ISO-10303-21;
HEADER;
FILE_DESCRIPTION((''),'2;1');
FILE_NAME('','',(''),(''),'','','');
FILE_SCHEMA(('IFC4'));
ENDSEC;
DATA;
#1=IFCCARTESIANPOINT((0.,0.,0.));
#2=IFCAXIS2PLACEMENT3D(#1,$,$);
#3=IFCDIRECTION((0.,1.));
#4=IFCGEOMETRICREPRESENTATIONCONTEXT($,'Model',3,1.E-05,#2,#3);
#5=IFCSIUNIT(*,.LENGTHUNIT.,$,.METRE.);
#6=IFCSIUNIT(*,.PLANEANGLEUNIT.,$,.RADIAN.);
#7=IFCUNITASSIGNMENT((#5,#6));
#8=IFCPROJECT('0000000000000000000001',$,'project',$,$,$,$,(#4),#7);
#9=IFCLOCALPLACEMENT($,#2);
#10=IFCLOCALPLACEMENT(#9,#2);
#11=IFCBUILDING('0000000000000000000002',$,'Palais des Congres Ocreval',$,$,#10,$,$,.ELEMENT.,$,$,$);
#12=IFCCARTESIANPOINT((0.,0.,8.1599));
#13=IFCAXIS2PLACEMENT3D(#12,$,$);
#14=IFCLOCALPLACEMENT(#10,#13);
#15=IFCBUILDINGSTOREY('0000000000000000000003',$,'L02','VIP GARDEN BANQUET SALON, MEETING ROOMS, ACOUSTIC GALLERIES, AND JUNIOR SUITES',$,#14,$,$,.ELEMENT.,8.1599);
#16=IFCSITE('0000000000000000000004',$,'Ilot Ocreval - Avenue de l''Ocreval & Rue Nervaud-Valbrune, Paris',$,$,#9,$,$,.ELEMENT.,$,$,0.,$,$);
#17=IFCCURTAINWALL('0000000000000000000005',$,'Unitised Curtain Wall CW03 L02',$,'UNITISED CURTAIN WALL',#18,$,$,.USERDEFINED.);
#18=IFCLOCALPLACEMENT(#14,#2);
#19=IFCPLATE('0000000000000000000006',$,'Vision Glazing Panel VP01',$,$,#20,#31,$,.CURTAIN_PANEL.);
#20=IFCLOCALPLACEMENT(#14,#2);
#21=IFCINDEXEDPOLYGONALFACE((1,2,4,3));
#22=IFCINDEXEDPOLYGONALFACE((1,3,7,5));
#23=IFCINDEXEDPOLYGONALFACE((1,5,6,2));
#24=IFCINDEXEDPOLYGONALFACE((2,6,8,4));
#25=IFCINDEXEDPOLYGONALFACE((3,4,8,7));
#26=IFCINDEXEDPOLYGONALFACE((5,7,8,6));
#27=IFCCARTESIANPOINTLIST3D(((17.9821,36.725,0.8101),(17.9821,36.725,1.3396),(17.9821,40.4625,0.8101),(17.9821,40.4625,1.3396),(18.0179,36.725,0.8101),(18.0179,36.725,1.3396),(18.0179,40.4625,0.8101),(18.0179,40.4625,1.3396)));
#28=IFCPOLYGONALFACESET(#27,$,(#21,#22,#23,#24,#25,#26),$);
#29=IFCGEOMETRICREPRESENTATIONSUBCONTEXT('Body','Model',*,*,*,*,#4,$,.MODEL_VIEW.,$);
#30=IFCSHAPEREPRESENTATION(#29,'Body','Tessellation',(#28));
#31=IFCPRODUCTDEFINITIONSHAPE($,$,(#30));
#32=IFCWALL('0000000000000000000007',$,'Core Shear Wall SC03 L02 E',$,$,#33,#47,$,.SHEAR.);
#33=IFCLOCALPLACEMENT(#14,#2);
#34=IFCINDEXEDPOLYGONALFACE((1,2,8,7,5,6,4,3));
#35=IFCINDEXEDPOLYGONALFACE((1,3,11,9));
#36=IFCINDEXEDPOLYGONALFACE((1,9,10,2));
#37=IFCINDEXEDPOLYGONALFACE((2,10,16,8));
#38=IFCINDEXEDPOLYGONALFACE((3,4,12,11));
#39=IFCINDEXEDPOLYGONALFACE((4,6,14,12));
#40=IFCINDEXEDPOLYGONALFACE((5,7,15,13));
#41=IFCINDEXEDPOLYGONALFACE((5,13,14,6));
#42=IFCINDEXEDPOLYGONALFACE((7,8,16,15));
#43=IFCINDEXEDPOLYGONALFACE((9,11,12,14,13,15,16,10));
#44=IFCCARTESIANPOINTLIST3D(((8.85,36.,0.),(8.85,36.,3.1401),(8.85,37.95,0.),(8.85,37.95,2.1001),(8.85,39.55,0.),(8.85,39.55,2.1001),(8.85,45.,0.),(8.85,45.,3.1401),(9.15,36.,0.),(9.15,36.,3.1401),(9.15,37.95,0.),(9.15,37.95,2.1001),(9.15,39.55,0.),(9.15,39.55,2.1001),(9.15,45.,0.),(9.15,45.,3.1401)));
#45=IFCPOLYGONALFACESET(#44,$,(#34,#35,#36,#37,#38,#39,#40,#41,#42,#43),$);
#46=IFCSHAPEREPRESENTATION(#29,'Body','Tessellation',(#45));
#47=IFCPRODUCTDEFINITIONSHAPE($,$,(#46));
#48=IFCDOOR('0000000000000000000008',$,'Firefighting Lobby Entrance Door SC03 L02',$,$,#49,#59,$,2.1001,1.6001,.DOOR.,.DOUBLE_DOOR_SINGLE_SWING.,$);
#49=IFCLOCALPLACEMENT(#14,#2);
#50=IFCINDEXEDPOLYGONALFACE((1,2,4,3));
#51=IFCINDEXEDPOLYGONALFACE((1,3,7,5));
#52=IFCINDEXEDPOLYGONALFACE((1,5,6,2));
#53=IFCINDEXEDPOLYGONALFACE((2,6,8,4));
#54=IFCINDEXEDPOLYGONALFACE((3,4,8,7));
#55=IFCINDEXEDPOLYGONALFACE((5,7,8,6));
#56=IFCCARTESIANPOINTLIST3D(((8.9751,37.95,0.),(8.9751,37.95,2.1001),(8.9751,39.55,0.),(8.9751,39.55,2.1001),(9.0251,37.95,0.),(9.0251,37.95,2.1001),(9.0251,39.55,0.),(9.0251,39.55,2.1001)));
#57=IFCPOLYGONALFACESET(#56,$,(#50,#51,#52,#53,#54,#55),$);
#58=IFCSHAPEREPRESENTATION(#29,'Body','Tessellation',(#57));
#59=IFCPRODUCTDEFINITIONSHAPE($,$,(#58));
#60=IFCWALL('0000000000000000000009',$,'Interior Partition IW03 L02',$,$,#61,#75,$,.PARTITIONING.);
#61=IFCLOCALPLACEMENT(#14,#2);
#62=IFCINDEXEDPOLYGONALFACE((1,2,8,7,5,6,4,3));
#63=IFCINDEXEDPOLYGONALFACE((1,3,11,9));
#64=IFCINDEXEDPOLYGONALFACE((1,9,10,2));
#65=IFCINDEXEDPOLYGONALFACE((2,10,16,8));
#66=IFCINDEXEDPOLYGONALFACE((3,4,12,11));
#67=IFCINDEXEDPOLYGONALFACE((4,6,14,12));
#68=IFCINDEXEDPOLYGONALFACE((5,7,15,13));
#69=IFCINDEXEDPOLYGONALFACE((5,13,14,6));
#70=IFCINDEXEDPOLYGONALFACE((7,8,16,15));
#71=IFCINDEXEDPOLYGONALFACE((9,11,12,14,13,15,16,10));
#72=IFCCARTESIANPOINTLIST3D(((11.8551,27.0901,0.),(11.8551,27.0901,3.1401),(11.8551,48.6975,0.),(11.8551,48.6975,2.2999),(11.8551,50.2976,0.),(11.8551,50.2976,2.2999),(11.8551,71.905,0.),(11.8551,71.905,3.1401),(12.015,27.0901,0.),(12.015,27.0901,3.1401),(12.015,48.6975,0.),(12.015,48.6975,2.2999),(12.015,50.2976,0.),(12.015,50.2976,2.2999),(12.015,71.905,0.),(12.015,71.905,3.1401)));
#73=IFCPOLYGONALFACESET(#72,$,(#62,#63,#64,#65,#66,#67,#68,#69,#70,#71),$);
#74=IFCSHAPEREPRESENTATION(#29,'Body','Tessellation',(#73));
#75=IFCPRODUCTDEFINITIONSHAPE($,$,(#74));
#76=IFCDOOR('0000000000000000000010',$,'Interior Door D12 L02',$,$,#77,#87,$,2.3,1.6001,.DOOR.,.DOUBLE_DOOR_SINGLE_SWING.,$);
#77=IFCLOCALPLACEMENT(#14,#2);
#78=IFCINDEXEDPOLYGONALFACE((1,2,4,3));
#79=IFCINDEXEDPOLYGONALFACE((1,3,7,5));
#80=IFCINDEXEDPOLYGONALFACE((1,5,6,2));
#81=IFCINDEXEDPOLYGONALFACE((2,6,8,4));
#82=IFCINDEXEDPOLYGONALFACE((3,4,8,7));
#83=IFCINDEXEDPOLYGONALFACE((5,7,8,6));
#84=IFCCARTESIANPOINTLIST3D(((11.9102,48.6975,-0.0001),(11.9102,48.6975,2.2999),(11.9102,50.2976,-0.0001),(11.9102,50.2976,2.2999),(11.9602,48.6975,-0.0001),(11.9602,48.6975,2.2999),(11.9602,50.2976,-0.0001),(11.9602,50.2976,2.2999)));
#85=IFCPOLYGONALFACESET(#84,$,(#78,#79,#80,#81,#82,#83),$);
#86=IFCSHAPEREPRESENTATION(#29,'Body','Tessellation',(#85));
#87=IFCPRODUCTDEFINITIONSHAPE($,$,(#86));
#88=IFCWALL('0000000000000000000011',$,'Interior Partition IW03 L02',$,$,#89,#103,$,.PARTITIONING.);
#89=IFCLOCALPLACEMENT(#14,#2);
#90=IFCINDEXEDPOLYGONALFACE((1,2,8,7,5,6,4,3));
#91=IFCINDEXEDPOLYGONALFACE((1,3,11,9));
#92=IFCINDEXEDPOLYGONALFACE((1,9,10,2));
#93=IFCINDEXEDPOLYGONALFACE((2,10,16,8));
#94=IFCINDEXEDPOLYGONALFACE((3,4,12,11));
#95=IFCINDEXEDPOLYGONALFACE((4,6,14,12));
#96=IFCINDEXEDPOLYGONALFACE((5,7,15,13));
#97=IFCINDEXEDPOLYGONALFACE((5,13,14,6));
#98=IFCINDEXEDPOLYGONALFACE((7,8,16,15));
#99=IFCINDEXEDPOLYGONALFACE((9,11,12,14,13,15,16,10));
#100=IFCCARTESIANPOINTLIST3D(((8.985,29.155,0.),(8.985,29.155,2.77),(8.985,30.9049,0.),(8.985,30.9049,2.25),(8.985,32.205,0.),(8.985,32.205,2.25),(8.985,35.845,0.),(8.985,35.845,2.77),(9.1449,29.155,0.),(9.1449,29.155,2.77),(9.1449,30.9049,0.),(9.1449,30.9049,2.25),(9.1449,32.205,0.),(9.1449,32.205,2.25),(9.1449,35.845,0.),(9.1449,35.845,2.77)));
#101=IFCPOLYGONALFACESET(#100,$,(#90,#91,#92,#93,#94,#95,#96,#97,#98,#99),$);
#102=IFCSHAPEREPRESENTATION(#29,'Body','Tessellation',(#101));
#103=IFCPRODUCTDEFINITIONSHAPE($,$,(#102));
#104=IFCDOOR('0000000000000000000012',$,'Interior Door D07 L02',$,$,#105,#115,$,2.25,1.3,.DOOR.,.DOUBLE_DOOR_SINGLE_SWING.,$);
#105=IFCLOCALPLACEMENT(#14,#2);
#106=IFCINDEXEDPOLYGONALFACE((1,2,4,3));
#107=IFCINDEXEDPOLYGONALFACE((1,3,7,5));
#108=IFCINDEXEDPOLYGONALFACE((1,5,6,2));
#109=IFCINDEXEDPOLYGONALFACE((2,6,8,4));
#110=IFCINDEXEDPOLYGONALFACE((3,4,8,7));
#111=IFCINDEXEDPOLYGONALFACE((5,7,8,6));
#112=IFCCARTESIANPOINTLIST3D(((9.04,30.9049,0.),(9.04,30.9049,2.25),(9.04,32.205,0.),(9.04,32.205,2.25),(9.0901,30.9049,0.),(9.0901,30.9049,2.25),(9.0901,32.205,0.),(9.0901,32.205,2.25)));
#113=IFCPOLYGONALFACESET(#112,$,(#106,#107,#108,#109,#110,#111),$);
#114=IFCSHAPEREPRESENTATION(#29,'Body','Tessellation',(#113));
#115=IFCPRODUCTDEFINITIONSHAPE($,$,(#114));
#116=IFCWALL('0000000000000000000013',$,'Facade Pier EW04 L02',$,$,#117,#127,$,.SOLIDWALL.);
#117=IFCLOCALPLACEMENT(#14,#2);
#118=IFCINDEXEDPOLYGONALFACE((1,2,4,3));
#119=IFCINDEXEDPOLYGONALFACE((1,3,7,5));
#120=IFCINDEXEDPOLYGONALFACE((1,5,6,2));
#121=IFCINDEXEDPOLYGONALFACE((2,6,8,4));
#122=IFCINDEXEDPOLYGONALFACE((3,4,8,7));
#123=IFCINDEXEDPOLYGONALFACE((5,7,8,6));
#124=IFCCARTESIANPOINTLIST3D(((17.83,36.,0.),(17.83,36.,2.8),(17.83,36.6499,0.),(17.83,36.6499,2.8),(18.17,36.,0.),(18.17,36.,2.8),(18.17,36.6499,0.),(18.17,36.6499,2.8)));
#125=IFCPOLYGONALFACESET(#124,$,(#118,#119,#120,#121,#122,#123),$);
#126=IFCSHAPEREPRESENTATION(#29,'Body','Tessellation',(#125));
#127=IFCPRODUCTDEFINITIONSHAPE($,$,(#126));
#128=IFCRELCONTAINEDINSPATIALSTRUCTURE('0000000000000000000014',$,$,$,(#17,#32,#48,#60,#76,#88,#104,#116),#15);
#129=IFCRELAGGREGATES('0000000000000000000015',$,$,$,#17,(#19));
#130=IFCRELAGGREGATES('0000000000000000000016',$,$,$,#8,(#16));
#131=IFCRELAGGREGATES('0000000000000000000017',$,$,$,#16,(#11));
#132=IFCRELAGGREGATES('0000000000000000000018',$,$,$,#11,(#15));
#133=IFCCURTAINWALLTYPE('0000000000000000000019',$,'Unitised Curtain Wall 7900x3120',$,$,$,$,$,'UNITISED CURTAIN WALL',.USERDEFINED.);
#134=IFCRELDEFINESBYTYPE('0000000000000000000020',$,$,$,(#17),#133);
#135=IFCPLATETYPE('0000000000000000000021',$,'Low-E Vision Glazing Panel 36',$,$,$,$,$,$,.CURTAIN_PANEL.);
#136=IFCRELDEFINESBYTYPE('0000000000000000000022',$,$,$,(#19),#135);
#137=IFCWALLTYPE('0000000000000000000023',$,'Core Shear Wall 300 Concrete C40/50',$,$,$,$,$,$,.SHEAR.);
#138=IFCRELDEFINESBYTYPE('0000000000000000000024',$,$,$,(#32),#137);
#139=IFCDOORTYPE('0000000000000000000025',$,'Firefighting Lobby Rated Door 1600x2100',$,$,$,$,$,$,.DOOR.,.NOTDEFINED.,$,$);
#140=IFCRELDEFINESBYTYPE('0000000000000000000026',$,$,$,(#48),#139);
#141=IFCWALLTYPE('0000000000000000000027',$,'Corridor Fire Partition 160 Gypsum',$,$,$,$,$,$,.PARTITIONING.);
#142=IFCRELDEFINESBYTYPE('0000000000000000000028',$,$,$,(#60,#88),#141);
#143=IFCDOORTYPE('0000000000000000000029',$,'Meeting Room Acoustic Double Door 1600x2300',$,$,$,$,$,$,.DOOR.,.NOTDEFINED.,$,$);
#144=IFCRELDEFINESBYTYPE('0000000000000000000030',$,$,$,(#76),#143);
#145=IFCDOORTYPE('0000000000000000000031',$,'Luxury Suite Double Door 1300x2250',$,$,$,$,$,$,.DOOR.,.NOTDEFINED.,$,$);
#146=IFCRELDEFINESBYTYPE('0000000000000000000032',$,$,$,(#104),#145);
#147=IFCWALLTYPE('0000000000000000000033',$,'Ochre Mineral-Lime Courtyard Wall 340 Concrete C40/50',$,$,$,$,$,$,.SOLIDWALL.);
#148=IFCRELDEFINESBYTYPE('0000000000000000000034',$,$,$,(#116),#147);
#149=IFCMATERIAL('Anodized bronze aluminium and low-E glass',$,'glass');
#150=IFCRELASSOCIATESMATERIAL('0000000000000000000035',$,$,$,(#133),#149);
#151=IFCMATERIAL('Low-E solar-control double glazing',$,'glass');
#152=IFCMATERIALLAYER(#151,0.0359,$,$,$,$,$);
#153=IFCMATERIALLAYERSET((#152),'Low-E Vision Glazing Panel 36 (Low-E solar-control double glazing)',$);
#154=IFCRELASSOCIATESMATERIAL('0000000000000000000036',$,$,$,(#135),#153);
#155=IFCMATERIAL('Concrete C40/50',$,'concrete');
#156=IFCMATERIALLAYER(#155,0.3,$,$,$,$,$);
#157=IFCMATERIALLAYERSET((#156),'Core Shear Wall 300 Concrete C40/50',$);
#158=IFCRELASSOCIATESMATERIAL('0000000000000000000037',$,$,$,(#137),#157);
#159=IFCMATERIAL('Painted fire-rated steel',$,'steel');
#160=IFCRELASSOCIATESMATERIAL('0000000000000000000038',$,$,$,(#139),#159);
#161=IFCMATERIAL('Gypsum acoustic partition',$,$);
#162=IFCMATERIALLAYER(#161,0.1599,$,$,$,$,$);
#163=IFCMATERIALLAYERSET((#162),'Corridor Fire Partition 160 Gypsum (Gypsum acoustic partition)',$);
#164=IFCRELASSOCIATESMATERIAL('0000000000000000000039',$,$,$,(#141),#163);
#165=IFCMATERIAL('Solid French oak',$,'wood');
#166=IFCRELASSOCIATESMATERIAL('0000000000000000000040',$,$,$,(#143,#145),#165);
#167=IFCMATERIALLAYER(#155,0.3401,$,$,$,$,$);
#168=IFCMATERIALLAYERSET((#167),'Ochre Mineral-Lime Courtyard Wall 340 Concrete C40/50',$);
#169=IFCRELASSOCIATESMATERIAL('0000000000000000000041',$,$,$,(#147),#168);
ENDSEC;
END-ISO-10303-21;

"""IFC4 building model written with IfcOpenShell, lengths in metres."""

from ifc_helpers import new_model, si_unit, direction, frame, frame_2d, origin, origin_2d, place, context, subcontext, project, spatial, rectangle, extrude, material, layer, layer_set, type_object, element, fill, aggregate, save


model = new_model("IFC4")

# Units and contexts
model_context = context("Model", 3, precision=1e-05, world=origin(), true_north=direction((0.0, 1.0)))
body_context = subcontext(model_context, "Body", "Model", "MODEL_VIEW")
ifc_project = project(units=[si_unit("LENGTHUNIT", "METRE"), si_unit("PLANEANGLEUNIT", "RADIAN")], contexts=[model_context])

# Site, building, storey
site_placement = place(None, origin())
site = spatial("IfcSite", under=ifc_project, at=site_placement, Name="Ilot Ocreval - Avenue de l'Ocreval & Rue Nervaud-Valbrune, Paris", CompositionType="ELEMENT", RefElevation=0.0)
building_placement = place(site_placement, origin())
building = spatial("IfcBuilding", under=site, at=building_placement, Name="Palais des Congres Ocreval", CompositionType="ELEMENT")
storey_placement = place(building_placement, frame((0.0, 0.0, 8.1599)))
storey = spatial("IfcBuildingStorey", under=building, at=storey_placement, Name="L02", Description="VIP GARDEN BANQUET SALON, MEETING ROOMS, ACOUSTIC GALLERIES, AND JUNIOR SUITES", CompositionType="ELEMENT", Elevation=8.1599)

# Shared definitions
ifc_material_1 = material(Name="Concrete C40/50", Category="concrete")

# Curtain wall
ifc_material_2 = material(Name="Anodized bronze aluminium and low-E glass", Category="glass")
curtain_wall_type = type_object("IfcCurtainWallType", Name="Unitised Curtain Wall 7900x3120", ElementType="UNITISED CURTAIN WALL", PredefinedType="USERDEFINED", material=ifc_material_2)
curtain_wall_placement = place(storey_placement, origin())
curtain_wall = element("IfcCurtainWall", 1, at=curtain_wall_placement, inside=storey, type_object=curtain_wall_type, Name="Unitised Curtain Wall CW03 L02", ObjectType="UNITISED CURTAIN WALL", PredefinedType="USERDEFINED")

# Plate
ifc_material_3 = material(Name="Low-E solar-control double glazing", Category="glass")
ifc_layer_1 = layer(ifc_material_3, 0.0359)
ifc_layer_set_1 = layer_set([ifc_layer_1], Name="Low-E Vision Glazing Panel 36 (Low-E solar-control double glazing)")
plate_type = type_object("IfcPlateType", Name="Low-E Vision Glazing Panel 36", PredefinedType="CURTAIN_PANEL", material=ifc_layer_set_1)
plate_1_placement = place(storey_placement, frame((18.0, 38.5938, 0.8101), z_axis=(0.0, 0.0, 1.0), x_axis=(0.0, -1.0, 0.0)))
plate_1 = element("IfcPlate", 2, at=plate_1_placement, type_object=plate_type, Name="Vision Glazing Panel VP01", PredefinedType="CURTAIN_PANEL", context=body_context, shape_type="SweptSolid", body=[
    extrude(rectangle(XDim=3.7375, YDim=0.0359, at=origin_2d()), origin(), (0.0, 0.0, 1.0), 0.5295),
])
aggregate(curtain_wall, [plate_1])

# Walls, openings, doors
ifc_layer_2 = layer(ifc_material_1, 0.3)
ifc_layer_set_2 = layer_set([ifc_layer_2], Name="Core Shear Wall 300 Concrete C40/50")
wall_type_1 = type_object("IfcWallType", Name="Core Shear Wall 300 Concrete C40/50", PredefinedType="SHEAR", material=ifc_layer_set_2)
wall_1_placement = place(storey_placement, frame((9.0, 36.0, 0.0), z_axis=(0.0, 0.0, 1.0), x_axis=(0.0, 1.0, 0.0)))
wall_1 = element("IfcWall", 3, at=wall_1_placement, inside=storey, type_object=wall_type_1, Name="Core Shear Wall SC03 L02 E", PredefinedType="SHEAR", context=body_context, shape_type="SweptSolid", body=[
    extrude(rectangle(XDim=9.0, YDim=0.3, at=frame_2d((4.5, 0.0))), origin(), (0.0, 0.0, 1.0), 3.1401),
])
opening_1_placement = place(wall_1_placement, frame((1.95, 0.0, 0.0)))
opening_1 = element("IfcOpeningElement", 4, at=opening_1_placement, cuts=wall_1, PredefinedType="OPENING", context=body_context, shape_type="SweptSolid", body=[
    extrude(rectangle(XDim=1.6001, YDim=2.1001, at=frame_2d((0.8, 1.05))), frame((0.0, 0.1599, 0.0), z_axis=(0.0, -1.0, 0.0), x_axis=(1.0, 0.0, 0.0)), (0.0, 0.0, 1.0), 0.3201),
])
ifc_material_4 = material(Name="Painted fire-rated steel", Category="steel")
door_type_1 = type_object("IfcDoorType", Name="Firefighting Lobby Rated Door 1600x2100", OperationType="NOTDEFINED", PredefinedType="DOOR", material=ifc_material_4)
door_1_placement = place(opening_1_placement, origin())
door_1 = element("IfcDoor", 5, at=door_1_placement, inside=storey, type_object=door_type_1, Name="Firefighting Lobby Entrance Door SC03 L02", OperationType="DOUBLE_DOOR_SINGLE_SWING", OverallHeight=2.1001, OverallWidth=1.6001, PredefinedType="DOOR", context=body_context, shape_type="SweptSolid", body=[
    extrude(rectangle(XDim=1.6001, YDim=2.1001, at=frame_2d((0.8, 1.05))), frame((0.0, 0.0249, 0.0), z_axis=(0.0, -1.0, 0.0), x_axis=(1.0, 0.0, 0.0)), (0.0, 0.0, 1.0), 0.05),
])
fill(opening_1, door_1)
ifc_material_5 = material(Name="Gypsum acoustic partition")
ifc_layer_3 = layer(ifc_material_5, 0.1599)
ifc_layer_set_3 = layer_set([ifc_layer_3], Name="Corridor Fire Partition 160 Gypsum (Gypsum acoustic partition)")
wall_type_2 = type_object("IfcWallType", Name="Corridor Fire Partition 160 Gypsum", PredefinedType="PARTITIONING", material=ifc_layer_set_3)
wall_2_placement = place(storey_placement, frame((11.9351, 27.0901, 0.0), z_axis=(0.0, 0.0, 1.0), x_axis=(0.0, 1.0, 0.0)))
wall_2 = element("IfcWall", 6, at=wall_2_placement, inside=storey, type_object=wall_type_2, Name="Interior Partition IW03 L02", PredefinedType="PARTITIONING", context=body_context, shape_type="SweptSolid", body=[
    extrude(rectangle(XDim=44.8149, YDim=0.1599, at=frame_2d((22.4075, 0.0))), origin(), (0.0, 0.0, 1.0), 3.1401),
])
opening_2_placement = place(wall_2_placement, frame((21.6074, 0.0, 0.0)))
opening_2 = element("IfcOpeningElement", 7, at=opening_2_placement, cuts=wall_2, PredefinedType="OPENING", context=body_context, shape_type="SweptSolid", body=[
    extrude(rectangle(XDim=1.6001, YDim=2.3, at=frame_2d((0.8, 1.1499))), frame((0.0, 0.0898, 0.0), z_axis=(0.0, -1.0, 0.0), x_axis=(1.0, 0.0, 0.0)), (0.0, 0.0, 1.0), 0.1799),
])
ifc_material_6 = material(Name="Solid French oak", Category="wood")
door_type_2 = type_object("IfcDoorType", Name="Meeting Room Acoustic Double Door 1600x2300", OperationType="NOTDEFINED", PredefinedType="DOOR", material=ifc_material_6)
door_2_placement = place(opening_2_placement, origin())
door_2 = element("IfcDoor", 8, at=door_2_placement, inside=storey, type_object=door_type_2, Name="Interior Door D12 L02", OperationType="DOUBLE_DOOR_SINGLE_SWING", OverallHeight=2.3, OverallWidth=1.6001, PredefinedType="DOOR", context=body_context, shape_type="SweptSolid", body=[
    extrude(rectangle(XDim=1.6001, YDim=2.3, at=frame_2d((0.8, 1.1499))), frame((0.0, 0.0249, 0.0), z_axis=(0.0, -1.0, 0.0), x_axis=(1.0, 0.0, 0.0)), (0.0, 0.0, 1.0), 0.05),
])
fill(opening_2, door_2)
wall_3_placement = place(storey_placement, frame((9.0649, 29.155, 0.0), z_axis=(0.0, 0.0, 1.0), x_axis=(0.0, 1.0, 0.0)))
wall_3 = element("IfcWall", 9, at=wall_3_placement, inside=storey, type_object=wall_type_2, Name="Interior Partition IW03 L02", PredefinedType="PARTITIONING", context=body_context, shape_type="SweptSolid", body=[
    extrude(rectangle(XDim=6.6899, YDim=0.1599, at=frame_2d((3.345, 0.0))), origin(), (0.0, 0.0, 1.0), 2.77),
])
opening_3_placement = place(wall_3_placement, frame((1.75, 0.0, 0.0)))
opening_3 = element("IfcOpeningElement", 10, at=opening_3_placement, cuts=wall_3, PredefinedType="OPENING", context=body_context, shape_type="SweptSolid", body=[
    extrude(rectangle(XDim=1.3, YDim=2.25, at=frame_2d((0.6499, 1.125))), frame((0.0, 0.0898, 0.0), z_axis=(0.0, -1.0, 0.0), x_axis=(1.0, 0.0, 0.0)), (0.0, 0.0, 1.0), 0.1799),
])
door_type_3 = type_object("IfcDoorType", Name="Luxury Suite Double Door 1300x2250", OperationType="NOTDEFINED", PredefinedType="DOOR", material=ifc_material_6)
door_3_placement = place(opening_3_placement, origin())
door_3 = element("IfcDoor", 11, at=door_3_placement, inside=storey, type_object=door_type_3, Name="Interior Door D07 L02", OperationType="DOUBLE_DOOR_SINGLE_SWING", OverallHeight=2.25, OverallWidth=1.3, PredefinedType="DOOR", context=body_context, shape_type="SweptSolid", body=[
    extrude(rectangle(XDim=1.3, YDim=2.25, at=frame_2d((0.6499, 1.125))), frame((0.0, 0.0249, 0.0), z_axis=(0.0, -1.0, 0.0), x_axis=(1.0, 0.0, 0.0)), (0.0, 0.0, 1.0), 0.05),
])
fill(opening_3, door_3)

# Wall
ifc_layer_4 = layer(ifc_material_1, 0.3401)
ifc_layer_set_4 = layer_set([ifc_layer_4], Name="Ochre Mineral-Lime Courtyard Wall 340 Concrete C40/50")
wall_type_3 = type_object("IfcWallType", Name="Ochre Mineral-Lime Courtyard Wall 340 Concrete C40/50", PredefinedType="SOLIDWALL", material=ifc_layer_set_4)
wall_4_placement = place(storey_placement, frame((18.0, 36.6499, 0.0), z_axis=(0.0, 0.0, 1.0), x_axis=(0.0, -1.0, 0.0)))
element("IfcWall", 12, at=wall_4_placement, inside=storey, type_object=wall_type_3, Name="Facade Pier EW04 L02", PredefinedType="SOLIDWALL", context=body_context, shape_type="SweptSolid", body=[
    extrude(rectangle(XDim=0.6499, YDim=0.3401, at=frame_2d((0.325, 0.0))), origin(), (0.0, 0.0, 1.0), 2.8),
])

save(model, "model.ifc")
